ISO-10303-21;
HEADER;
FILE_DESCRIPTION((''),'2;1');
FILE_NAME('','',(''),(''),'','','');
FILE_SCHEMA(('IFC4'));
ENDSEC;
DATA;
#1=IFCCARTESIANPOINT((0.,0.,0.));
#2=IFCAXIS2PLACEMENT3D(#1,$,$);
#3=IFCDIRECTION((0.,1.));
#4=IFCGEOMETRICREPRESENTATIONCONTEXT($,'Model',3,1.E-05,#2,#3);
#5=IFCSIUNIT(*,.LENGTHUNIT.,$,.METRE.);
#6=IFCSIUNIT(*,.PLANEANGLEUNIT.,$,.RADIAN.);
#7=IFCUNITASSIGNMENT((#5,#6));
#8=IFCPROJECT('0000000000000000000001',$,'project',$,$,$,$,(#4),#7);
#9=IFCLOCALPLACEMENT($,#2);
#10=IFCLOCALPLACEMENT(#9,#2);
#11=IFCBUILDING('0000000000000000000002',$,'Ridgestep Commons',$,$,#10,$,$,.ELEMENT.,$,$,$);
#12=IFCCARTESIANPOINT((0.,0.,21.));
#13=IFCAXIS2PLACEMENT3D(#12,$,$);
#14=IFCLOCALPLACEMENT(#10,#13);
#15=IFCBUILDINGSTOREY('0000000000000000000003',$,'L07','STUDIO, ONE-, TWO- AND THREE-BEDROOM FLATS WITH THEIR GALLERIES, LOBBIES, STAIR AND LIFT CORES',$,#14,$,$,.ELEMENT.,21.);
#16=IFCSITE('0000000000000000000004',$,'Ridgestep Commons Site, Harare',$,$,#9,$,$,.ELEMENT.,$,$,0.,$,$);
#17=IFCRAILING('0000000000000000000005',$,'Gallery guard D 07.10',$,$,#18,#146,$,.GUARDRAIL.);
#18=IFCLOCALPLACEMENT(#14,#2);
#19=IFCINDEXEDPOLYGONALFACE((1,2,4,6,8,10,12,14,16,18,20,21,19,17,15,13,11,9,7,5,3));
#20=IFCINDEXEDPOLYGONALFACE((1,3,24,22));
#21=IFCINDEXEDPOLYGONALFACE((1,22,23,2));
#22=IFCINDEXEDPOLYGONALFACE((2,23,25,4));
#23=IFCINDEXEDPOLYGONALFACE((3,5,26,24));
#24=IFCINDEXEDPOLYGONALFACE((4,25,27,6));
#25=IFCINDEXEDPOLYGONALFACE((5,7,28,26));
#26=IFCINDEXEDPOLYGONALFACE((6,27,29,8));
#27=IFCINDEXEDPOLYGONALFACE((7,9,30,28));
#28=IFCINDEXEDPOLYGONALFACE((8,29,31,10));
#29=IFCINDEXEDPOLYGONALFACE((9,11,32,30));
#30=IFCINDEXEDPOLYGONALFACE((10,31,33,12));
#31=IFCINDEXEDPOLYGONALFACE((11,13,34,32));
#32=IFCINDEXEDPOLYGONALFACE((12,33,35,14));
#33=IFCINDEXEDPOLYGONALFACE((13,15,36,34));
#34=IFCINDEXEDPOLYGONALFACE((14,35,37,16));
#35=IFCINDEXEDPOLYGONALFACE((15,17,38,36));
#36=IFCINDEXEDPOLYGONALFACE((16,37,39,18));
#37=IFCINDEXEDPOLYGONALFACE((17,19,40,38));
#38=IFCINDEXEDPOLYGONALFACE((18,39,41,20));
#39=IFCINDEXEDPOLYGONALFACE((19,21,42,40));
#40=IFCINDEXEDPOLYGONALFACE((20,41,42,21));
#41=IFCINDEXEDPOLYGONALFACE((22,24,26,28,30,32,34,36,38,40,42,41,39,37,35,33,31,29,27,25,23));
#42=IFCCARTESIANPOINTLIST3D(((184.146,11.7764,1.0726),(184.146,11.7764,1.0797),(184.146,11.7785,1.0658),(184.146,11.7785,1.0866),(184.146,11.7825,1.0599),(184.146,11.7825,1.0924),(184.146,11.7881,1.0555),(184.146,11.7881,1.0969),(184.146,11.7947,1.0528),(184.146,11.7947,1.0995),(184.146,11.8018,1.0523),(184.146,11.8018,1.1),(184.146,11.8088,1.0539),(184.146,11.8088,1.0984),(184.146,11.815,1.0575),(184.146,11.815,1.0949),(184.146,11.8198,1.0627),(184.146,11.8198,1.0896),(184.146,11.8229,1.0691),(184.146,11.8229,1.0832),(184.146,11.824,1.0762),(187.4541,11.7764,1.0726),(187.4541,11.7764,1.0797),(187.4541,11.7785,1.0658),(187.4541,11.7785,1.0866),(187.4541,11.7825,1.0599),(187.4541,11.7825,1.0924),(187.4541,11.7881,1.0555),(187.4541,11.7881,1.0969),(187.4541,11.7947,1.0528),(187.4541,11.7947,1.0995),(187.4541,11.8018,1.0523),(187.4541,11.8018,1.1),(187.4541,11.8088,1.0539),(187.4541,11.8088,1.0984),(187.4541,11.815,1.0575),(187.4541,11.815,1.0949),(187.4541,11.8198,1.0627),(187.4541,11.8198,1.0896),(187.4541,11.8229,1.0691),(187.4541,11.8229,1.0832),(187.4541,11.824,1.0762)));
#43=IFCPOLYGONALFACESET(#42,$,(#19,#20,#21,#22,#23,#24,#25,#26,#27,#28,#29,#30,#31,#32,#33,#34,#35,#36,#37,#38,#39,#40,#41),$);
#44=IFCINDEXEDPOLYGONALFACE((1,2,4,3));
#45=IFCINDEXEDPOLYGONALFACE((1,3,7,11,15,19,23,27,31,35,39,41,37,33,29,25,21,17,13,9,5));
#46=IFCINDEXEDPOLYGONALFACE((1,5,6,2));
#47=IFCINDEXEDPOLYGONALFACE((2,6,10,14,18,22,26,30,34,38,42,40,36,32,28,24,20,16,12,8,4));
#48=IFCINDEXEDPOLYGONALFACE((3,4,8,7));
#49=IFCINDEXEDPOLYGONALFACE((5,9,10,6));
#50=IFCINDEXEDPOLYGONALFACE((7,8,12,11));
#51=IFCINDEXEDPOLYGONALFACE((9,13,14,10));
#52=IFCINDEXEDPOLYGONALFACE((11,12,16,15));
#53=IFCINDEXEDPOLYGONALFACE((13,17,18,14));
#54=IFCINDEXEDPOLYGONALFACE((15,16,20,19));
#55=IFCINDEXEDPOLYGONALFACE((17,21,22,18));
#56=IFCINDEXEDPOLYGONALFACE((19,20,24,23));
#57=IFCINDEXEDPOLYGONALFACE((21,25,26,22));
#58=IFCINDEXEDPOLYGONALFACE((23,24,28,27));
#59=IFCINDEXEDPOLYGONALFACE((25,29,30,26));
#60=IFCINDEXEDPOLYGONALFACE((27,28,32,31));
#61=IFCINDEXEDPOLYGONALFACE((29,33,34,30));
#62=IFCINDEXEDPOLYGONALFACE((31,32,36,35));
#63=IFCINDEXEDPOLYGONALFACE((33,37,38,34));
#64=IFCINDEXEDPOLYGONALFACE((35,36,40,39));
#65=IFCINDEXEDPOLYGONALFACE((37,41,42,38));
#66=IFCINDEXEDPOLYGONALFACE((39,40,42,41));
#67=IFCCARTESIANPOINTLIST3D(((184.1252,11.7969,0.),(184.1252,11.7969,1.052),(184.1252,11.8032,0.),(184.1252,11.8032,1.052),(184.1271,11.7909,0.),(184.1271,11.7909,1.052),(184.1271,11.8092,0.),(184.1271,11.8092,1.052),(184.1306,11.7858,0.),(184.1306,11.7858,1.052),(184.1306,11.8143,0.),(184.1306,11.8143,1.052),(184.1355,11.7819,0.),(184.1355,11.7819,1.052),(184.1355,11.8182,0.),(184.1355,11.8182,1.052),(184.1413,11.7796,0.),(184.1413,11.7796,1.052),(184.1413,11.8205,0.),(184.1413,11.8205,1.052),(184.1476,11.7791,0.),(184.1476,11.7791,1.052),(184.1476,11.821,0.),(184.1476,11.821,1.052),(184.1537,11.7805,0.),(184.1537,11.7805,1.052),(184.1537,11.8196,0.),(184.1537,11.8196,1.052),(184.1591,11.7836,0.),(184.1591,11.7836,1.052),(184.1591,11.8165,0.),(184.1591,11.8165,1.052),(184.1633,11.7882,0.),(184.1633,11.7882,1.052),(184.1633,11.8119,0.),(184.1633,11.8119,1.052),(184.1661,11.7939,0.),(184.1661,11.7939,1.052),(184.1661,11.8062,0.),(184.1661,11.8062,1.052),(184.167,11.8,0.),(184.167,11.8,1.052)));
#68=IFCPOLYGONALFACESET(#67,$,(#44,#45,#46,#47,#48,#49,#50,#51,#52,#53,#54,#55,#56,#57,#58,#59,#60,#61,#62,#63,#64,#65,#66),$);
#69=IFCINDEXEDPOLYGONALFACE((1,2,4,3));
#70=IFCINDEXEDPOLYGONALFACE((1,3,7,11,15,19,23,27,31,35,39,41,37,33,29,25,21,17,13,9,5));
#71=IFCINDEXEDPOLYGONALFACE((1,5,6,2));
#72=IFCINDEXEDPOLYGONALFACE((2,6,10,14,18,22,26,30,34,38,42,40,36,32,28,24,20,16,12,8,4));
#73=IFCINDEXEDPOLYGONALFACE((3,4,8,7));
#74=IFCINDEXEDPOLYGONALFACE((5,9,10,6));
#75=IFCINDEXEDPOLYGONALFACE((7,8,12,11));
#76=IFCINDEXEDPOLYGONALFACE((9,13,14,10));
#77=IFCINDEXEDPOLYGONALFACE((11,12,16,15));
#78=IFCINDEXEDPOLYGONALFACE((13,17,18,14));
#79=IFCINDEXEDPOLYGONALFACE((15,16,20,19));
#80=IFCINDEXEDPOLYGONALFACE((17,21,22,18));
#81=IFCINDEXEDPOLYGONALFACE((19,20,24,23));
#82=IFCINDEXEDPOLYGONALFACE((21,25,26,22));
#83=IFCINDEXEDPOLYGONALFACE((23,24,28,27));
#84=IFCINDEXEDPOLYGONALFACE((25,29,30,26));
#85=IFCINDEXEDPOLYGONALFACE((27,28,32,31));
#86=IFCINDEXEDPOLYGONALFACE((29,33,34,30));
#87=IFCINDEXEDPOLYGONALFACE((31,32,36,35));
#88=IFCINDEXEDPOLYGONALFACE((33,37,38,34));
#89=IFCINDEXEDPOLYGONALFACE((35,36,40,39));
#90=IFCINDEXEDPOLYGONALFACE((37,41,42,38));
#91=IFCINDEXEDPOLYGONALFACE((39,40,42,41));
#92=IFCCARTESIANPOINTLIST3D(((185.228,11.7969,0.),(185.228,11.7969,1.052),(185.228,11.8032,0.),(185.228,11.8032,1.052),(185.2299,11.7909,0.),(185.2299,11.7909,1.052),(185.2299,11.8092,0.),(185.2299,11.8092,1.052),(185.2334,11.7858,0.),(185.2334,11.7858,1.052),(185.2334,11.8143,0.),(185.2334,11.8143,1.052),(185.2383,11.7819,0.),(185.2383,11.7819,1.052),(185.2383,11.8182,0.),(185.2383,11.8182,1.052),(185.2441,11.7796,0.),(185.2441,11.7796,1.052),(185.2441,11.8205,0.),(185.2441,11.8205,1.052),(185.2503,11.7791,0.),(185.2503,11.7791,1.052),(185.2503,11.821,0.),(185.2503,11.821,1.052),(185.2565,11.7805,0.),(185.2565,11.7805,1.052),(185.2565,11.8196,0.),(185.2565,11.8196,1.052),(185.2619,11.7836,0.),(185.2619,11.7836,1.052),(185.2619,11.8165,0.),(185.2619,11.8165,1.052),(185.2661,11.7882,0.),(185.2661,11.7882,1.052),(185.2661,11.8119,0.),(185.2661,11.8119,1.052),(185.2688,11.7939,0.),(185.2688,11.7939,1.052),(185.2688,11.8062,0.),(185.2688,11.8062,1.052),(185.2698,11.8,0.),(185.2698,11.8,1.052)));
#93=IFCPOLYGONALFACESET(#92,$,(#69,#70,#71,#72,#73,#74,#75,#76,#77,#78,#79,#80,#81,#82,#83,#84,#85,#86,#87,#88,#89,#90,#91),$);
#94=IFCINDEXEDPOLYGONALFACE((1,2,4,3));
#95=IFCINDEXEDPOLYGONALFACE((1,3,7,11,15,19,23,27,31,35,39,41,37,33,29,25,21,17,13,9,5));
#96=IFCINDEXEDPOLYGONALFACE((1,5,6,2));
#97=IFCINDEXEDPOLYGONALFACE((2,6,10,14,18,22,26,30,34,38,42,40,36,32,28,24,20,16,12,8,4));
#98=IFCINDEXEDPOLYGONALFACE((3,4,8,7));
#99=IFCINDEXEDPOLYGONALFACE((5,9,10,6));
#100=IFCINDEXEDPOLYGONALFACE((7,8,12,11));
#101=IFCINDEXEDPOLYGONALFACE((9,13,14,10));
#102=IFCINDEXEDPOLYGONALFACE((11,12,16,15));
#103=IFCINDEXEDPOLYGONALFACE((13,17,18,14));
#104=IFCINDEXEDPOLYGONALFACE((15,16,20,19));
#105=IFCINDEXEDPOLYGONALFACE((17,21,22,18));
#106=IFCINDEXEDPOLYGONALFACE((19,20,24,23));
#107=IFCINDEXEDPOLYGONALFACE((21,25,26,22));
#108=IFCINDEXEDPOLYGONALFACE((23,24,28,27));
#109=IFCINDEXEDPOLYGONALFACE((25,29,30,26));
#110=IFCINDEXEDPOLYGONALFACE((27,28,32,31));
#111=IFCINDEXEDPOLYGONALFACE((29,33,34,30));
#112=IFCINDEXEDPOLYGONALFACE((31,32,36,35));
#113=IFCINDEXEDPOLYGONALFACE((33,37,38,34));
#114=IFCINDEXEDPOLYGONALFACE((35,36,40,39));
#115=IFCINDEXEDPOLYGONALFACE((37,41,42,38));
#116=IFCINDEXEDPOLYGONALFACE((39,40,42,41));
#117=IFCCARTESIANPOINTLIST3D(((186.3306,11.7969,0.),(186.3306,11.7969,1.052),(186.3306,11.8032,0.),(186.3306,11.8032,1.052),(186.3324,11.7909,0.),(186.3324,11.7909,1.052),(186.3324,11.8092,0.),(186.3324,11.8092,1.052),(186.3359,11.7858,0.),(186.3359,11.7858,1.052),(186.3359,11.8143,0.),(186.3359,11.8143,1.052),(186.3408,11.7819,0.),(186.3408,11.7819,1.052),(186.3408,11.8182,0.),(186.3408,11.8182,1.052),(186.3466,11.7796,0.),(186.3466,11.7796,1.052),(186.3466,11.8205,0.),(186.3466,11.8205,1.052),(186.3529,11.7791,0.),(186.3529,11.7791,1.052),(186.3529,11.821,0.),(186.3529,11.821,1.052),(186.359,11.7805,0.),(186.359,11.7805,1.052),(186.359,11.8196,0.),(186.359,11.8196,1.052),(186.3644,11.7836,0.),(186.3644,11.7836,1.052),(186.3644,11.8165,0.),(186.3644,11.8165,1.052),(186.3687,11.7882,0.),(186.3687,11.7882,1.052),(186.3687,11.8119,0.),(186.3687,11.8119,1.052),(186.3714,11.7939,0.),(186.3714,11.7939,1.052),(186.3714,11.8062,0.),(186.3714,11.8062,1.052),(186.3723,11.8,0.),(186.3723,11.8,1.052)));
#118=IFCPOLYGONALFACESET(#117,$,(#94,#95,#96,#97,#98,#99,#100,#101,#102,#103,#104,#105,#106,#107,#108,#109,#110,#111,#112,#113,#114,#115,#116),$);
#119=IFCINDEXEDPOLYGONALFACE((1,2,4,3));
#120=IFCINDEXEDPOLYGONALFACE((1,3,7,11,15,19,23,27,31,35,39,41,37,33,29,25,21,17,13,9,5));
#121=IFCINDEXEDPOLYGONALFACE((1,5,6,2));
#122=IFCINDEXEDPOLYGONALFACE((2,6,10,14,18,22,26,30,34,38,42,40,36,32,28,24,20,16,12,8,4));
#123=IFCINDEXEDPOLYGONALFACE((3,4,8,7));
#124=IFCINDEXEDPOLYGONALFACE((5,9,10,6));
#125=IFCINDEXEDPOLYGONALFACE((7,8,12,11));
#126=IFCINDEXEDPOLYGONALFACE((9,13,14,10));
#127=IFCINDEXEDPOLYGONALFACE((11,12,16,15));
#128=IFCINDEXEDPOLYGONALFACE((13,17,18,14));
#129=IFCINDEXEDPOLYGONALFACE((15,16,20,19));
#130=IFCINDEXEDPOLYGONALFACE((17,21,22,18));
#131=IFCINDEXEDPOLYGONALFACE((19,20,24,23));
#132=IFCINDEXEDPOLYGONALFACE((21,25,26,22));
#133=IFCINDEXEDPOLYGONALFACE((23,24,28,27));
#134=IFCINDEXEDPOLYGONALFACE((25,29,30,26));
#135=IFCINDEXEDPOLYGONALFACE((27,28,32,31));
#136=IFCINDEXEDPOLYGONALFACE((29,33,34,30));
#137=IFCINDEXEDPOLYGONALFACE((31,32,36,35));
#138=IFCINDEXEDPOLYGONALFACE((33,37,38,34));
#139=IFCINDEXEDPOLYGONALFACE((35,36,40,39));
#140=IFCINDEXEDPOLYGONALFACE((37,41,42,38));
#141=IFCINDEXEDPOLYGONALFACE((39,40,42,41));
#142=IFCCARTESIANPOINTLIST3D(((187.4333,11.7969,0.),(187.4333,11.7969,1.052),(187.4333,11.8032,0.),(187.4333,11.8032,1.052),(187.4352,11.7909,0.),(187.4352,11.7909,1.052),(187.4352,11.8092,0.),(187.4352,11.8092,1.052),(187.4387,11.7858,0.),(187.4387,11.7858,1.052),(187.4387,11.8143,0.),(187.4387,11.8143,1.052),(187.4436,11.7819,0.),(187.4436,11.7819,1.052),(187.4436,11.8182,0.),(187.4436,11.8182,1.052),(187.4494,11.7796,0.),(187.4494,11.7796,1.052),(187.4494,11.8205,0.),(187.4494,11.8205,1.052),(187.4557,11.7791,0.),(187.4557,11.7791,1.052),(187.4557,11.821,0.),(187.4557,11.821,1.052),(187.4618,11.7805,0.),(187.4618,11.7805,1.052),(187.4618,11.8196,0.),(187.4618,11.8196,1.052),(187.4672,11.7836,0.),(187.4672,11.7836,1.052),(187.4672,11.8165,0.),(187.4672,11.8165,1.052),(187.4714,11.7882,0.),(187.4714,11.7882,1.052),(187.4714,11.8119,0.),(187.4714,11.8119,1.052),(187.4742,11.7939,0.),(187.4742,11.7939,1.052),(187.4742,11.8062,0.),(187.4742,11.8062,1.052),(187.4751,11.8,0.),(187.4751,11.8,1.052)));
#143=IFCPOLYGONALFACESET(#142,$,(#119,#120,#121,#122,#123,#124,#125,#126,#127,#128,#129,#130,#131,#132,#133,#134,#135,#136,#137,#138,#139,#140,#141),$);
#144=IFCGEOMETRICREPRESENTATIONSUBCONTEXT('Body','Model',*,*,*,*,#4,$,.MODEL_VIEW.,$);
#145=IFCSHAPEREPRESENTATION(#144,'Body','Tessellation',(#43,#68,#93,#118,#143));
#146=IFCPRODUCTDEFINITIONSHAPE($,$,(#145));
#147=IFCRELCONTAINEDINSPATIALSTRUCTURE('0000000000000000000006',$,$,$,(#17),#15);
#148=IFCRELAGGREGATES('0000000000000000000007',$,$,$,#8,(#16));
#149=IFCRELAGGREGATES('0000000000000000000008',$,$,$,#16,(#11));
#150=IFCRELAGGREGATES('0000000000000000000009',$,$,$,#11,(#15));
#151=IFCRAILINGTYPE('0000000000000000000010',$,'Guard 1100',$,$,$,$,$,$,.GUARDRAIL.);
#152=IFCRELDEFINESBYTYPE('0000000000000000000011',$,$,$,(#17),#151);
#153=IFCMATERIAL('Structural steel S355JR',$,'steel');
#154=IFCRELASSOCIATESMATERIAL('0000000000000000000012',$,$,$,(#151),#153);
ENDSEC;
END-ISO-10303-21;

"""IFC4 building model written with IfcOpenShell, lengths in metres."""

from ifc_helpers import new_model, si_unit, direction, frame, origin, origin_2d, place, context, subcontext, project, spatial, circle, extrude, material, type_object, element, save


model = new_model("IFC4")

# Units and contexts
model_context = context("Model", 3, precision=1e-05, world=origin(), true_north=direction((0.0, 1.0)))
body_context = subcontext(model_context, "Body", "Model", "MODEL_VIEW")
ifc_project = project(units=[si_unit("LENGTHUNIT", "METRE"), si_unit("PLANEANGLEUNIT", "RADIAN")], contexts=[model_context])

# Site, building, storey
site_placement = place(None, origin())
site = spatial("IfcSite", under=ifc_project, at=site_placement, Name="Ridgestep Commons Site, Harare", CompositionType="ELEMENT", RefElevation=0.0)
building_placement = place(site_placement, origin())
building = spatial("IfcBuilding", under=site, at=building_placement, Name="Ridgestep Commons", CompositionType="ELEMENT")
storey_placement = place(building_placement, frame((0.0, 0.0, 21.0)))
storey = spatial("IfcBuildingStorey", under=building, at=storey_placement, Name="L07", Description="STUDIO, ONE-, TWO- AND THREE-BEDROOM FLATS WITH THEIR GALLERIES, LOBBIES, STAIR AND LIFT CORES", CompositionType="ELEMENT", Elevation=21.0)

# Railing
ifc_material_1 = material(Name="Structural steel S355JR", Category="steel")
railing_type = type_object("IfcRailingType", Name="Guard 1100", PredefinedType="GUARDRAIL", material=ifc_material_1)
railing_1_placement = place(storey_placement, frame((184.146, 11.8, 0.0)))
element("IfcRailing", 1, at=railing_1_placement, inside=storey, type_object=railing_type, Name="Gallery guard D 07.10", PredefinedType="GUARDRAIL", context=body_context, shape_type="SweptSolid", body=[
    extrude(circle(Radius=0.0239, at=origin_2d()), frame((0.0, 0.0, 1.0762), z_axis=(1.0, 0.0, 0.0), x_axis=(0.0, 1.0, 0.0)), (0.0, 0.0, 1.0), 3.3081),
    extrude(circle(Radius=0.021, at=origin_2d()), origin(), (0.0, 0.0, 1.0), 1.052),
    extrude(circle(Radius=0.021, at=origin_2d()), frame((1.1028, 0.0, 0.0)), (0.0, 0.0, 1.0), 1.052),
    extrude(circle(Radius=0.021, at=origin_2d()), frame((2.2053, 0.0, 0.0)), (0.0, 0.0, 1.0), 1.052),
    extrude(circle(Radius=0.021, at=origin_2d()), frame((3.3081, 0.0, 0.0)), (0.0, 0.0, 1.0), 1.052),
])

save(model, "model.ifc")
